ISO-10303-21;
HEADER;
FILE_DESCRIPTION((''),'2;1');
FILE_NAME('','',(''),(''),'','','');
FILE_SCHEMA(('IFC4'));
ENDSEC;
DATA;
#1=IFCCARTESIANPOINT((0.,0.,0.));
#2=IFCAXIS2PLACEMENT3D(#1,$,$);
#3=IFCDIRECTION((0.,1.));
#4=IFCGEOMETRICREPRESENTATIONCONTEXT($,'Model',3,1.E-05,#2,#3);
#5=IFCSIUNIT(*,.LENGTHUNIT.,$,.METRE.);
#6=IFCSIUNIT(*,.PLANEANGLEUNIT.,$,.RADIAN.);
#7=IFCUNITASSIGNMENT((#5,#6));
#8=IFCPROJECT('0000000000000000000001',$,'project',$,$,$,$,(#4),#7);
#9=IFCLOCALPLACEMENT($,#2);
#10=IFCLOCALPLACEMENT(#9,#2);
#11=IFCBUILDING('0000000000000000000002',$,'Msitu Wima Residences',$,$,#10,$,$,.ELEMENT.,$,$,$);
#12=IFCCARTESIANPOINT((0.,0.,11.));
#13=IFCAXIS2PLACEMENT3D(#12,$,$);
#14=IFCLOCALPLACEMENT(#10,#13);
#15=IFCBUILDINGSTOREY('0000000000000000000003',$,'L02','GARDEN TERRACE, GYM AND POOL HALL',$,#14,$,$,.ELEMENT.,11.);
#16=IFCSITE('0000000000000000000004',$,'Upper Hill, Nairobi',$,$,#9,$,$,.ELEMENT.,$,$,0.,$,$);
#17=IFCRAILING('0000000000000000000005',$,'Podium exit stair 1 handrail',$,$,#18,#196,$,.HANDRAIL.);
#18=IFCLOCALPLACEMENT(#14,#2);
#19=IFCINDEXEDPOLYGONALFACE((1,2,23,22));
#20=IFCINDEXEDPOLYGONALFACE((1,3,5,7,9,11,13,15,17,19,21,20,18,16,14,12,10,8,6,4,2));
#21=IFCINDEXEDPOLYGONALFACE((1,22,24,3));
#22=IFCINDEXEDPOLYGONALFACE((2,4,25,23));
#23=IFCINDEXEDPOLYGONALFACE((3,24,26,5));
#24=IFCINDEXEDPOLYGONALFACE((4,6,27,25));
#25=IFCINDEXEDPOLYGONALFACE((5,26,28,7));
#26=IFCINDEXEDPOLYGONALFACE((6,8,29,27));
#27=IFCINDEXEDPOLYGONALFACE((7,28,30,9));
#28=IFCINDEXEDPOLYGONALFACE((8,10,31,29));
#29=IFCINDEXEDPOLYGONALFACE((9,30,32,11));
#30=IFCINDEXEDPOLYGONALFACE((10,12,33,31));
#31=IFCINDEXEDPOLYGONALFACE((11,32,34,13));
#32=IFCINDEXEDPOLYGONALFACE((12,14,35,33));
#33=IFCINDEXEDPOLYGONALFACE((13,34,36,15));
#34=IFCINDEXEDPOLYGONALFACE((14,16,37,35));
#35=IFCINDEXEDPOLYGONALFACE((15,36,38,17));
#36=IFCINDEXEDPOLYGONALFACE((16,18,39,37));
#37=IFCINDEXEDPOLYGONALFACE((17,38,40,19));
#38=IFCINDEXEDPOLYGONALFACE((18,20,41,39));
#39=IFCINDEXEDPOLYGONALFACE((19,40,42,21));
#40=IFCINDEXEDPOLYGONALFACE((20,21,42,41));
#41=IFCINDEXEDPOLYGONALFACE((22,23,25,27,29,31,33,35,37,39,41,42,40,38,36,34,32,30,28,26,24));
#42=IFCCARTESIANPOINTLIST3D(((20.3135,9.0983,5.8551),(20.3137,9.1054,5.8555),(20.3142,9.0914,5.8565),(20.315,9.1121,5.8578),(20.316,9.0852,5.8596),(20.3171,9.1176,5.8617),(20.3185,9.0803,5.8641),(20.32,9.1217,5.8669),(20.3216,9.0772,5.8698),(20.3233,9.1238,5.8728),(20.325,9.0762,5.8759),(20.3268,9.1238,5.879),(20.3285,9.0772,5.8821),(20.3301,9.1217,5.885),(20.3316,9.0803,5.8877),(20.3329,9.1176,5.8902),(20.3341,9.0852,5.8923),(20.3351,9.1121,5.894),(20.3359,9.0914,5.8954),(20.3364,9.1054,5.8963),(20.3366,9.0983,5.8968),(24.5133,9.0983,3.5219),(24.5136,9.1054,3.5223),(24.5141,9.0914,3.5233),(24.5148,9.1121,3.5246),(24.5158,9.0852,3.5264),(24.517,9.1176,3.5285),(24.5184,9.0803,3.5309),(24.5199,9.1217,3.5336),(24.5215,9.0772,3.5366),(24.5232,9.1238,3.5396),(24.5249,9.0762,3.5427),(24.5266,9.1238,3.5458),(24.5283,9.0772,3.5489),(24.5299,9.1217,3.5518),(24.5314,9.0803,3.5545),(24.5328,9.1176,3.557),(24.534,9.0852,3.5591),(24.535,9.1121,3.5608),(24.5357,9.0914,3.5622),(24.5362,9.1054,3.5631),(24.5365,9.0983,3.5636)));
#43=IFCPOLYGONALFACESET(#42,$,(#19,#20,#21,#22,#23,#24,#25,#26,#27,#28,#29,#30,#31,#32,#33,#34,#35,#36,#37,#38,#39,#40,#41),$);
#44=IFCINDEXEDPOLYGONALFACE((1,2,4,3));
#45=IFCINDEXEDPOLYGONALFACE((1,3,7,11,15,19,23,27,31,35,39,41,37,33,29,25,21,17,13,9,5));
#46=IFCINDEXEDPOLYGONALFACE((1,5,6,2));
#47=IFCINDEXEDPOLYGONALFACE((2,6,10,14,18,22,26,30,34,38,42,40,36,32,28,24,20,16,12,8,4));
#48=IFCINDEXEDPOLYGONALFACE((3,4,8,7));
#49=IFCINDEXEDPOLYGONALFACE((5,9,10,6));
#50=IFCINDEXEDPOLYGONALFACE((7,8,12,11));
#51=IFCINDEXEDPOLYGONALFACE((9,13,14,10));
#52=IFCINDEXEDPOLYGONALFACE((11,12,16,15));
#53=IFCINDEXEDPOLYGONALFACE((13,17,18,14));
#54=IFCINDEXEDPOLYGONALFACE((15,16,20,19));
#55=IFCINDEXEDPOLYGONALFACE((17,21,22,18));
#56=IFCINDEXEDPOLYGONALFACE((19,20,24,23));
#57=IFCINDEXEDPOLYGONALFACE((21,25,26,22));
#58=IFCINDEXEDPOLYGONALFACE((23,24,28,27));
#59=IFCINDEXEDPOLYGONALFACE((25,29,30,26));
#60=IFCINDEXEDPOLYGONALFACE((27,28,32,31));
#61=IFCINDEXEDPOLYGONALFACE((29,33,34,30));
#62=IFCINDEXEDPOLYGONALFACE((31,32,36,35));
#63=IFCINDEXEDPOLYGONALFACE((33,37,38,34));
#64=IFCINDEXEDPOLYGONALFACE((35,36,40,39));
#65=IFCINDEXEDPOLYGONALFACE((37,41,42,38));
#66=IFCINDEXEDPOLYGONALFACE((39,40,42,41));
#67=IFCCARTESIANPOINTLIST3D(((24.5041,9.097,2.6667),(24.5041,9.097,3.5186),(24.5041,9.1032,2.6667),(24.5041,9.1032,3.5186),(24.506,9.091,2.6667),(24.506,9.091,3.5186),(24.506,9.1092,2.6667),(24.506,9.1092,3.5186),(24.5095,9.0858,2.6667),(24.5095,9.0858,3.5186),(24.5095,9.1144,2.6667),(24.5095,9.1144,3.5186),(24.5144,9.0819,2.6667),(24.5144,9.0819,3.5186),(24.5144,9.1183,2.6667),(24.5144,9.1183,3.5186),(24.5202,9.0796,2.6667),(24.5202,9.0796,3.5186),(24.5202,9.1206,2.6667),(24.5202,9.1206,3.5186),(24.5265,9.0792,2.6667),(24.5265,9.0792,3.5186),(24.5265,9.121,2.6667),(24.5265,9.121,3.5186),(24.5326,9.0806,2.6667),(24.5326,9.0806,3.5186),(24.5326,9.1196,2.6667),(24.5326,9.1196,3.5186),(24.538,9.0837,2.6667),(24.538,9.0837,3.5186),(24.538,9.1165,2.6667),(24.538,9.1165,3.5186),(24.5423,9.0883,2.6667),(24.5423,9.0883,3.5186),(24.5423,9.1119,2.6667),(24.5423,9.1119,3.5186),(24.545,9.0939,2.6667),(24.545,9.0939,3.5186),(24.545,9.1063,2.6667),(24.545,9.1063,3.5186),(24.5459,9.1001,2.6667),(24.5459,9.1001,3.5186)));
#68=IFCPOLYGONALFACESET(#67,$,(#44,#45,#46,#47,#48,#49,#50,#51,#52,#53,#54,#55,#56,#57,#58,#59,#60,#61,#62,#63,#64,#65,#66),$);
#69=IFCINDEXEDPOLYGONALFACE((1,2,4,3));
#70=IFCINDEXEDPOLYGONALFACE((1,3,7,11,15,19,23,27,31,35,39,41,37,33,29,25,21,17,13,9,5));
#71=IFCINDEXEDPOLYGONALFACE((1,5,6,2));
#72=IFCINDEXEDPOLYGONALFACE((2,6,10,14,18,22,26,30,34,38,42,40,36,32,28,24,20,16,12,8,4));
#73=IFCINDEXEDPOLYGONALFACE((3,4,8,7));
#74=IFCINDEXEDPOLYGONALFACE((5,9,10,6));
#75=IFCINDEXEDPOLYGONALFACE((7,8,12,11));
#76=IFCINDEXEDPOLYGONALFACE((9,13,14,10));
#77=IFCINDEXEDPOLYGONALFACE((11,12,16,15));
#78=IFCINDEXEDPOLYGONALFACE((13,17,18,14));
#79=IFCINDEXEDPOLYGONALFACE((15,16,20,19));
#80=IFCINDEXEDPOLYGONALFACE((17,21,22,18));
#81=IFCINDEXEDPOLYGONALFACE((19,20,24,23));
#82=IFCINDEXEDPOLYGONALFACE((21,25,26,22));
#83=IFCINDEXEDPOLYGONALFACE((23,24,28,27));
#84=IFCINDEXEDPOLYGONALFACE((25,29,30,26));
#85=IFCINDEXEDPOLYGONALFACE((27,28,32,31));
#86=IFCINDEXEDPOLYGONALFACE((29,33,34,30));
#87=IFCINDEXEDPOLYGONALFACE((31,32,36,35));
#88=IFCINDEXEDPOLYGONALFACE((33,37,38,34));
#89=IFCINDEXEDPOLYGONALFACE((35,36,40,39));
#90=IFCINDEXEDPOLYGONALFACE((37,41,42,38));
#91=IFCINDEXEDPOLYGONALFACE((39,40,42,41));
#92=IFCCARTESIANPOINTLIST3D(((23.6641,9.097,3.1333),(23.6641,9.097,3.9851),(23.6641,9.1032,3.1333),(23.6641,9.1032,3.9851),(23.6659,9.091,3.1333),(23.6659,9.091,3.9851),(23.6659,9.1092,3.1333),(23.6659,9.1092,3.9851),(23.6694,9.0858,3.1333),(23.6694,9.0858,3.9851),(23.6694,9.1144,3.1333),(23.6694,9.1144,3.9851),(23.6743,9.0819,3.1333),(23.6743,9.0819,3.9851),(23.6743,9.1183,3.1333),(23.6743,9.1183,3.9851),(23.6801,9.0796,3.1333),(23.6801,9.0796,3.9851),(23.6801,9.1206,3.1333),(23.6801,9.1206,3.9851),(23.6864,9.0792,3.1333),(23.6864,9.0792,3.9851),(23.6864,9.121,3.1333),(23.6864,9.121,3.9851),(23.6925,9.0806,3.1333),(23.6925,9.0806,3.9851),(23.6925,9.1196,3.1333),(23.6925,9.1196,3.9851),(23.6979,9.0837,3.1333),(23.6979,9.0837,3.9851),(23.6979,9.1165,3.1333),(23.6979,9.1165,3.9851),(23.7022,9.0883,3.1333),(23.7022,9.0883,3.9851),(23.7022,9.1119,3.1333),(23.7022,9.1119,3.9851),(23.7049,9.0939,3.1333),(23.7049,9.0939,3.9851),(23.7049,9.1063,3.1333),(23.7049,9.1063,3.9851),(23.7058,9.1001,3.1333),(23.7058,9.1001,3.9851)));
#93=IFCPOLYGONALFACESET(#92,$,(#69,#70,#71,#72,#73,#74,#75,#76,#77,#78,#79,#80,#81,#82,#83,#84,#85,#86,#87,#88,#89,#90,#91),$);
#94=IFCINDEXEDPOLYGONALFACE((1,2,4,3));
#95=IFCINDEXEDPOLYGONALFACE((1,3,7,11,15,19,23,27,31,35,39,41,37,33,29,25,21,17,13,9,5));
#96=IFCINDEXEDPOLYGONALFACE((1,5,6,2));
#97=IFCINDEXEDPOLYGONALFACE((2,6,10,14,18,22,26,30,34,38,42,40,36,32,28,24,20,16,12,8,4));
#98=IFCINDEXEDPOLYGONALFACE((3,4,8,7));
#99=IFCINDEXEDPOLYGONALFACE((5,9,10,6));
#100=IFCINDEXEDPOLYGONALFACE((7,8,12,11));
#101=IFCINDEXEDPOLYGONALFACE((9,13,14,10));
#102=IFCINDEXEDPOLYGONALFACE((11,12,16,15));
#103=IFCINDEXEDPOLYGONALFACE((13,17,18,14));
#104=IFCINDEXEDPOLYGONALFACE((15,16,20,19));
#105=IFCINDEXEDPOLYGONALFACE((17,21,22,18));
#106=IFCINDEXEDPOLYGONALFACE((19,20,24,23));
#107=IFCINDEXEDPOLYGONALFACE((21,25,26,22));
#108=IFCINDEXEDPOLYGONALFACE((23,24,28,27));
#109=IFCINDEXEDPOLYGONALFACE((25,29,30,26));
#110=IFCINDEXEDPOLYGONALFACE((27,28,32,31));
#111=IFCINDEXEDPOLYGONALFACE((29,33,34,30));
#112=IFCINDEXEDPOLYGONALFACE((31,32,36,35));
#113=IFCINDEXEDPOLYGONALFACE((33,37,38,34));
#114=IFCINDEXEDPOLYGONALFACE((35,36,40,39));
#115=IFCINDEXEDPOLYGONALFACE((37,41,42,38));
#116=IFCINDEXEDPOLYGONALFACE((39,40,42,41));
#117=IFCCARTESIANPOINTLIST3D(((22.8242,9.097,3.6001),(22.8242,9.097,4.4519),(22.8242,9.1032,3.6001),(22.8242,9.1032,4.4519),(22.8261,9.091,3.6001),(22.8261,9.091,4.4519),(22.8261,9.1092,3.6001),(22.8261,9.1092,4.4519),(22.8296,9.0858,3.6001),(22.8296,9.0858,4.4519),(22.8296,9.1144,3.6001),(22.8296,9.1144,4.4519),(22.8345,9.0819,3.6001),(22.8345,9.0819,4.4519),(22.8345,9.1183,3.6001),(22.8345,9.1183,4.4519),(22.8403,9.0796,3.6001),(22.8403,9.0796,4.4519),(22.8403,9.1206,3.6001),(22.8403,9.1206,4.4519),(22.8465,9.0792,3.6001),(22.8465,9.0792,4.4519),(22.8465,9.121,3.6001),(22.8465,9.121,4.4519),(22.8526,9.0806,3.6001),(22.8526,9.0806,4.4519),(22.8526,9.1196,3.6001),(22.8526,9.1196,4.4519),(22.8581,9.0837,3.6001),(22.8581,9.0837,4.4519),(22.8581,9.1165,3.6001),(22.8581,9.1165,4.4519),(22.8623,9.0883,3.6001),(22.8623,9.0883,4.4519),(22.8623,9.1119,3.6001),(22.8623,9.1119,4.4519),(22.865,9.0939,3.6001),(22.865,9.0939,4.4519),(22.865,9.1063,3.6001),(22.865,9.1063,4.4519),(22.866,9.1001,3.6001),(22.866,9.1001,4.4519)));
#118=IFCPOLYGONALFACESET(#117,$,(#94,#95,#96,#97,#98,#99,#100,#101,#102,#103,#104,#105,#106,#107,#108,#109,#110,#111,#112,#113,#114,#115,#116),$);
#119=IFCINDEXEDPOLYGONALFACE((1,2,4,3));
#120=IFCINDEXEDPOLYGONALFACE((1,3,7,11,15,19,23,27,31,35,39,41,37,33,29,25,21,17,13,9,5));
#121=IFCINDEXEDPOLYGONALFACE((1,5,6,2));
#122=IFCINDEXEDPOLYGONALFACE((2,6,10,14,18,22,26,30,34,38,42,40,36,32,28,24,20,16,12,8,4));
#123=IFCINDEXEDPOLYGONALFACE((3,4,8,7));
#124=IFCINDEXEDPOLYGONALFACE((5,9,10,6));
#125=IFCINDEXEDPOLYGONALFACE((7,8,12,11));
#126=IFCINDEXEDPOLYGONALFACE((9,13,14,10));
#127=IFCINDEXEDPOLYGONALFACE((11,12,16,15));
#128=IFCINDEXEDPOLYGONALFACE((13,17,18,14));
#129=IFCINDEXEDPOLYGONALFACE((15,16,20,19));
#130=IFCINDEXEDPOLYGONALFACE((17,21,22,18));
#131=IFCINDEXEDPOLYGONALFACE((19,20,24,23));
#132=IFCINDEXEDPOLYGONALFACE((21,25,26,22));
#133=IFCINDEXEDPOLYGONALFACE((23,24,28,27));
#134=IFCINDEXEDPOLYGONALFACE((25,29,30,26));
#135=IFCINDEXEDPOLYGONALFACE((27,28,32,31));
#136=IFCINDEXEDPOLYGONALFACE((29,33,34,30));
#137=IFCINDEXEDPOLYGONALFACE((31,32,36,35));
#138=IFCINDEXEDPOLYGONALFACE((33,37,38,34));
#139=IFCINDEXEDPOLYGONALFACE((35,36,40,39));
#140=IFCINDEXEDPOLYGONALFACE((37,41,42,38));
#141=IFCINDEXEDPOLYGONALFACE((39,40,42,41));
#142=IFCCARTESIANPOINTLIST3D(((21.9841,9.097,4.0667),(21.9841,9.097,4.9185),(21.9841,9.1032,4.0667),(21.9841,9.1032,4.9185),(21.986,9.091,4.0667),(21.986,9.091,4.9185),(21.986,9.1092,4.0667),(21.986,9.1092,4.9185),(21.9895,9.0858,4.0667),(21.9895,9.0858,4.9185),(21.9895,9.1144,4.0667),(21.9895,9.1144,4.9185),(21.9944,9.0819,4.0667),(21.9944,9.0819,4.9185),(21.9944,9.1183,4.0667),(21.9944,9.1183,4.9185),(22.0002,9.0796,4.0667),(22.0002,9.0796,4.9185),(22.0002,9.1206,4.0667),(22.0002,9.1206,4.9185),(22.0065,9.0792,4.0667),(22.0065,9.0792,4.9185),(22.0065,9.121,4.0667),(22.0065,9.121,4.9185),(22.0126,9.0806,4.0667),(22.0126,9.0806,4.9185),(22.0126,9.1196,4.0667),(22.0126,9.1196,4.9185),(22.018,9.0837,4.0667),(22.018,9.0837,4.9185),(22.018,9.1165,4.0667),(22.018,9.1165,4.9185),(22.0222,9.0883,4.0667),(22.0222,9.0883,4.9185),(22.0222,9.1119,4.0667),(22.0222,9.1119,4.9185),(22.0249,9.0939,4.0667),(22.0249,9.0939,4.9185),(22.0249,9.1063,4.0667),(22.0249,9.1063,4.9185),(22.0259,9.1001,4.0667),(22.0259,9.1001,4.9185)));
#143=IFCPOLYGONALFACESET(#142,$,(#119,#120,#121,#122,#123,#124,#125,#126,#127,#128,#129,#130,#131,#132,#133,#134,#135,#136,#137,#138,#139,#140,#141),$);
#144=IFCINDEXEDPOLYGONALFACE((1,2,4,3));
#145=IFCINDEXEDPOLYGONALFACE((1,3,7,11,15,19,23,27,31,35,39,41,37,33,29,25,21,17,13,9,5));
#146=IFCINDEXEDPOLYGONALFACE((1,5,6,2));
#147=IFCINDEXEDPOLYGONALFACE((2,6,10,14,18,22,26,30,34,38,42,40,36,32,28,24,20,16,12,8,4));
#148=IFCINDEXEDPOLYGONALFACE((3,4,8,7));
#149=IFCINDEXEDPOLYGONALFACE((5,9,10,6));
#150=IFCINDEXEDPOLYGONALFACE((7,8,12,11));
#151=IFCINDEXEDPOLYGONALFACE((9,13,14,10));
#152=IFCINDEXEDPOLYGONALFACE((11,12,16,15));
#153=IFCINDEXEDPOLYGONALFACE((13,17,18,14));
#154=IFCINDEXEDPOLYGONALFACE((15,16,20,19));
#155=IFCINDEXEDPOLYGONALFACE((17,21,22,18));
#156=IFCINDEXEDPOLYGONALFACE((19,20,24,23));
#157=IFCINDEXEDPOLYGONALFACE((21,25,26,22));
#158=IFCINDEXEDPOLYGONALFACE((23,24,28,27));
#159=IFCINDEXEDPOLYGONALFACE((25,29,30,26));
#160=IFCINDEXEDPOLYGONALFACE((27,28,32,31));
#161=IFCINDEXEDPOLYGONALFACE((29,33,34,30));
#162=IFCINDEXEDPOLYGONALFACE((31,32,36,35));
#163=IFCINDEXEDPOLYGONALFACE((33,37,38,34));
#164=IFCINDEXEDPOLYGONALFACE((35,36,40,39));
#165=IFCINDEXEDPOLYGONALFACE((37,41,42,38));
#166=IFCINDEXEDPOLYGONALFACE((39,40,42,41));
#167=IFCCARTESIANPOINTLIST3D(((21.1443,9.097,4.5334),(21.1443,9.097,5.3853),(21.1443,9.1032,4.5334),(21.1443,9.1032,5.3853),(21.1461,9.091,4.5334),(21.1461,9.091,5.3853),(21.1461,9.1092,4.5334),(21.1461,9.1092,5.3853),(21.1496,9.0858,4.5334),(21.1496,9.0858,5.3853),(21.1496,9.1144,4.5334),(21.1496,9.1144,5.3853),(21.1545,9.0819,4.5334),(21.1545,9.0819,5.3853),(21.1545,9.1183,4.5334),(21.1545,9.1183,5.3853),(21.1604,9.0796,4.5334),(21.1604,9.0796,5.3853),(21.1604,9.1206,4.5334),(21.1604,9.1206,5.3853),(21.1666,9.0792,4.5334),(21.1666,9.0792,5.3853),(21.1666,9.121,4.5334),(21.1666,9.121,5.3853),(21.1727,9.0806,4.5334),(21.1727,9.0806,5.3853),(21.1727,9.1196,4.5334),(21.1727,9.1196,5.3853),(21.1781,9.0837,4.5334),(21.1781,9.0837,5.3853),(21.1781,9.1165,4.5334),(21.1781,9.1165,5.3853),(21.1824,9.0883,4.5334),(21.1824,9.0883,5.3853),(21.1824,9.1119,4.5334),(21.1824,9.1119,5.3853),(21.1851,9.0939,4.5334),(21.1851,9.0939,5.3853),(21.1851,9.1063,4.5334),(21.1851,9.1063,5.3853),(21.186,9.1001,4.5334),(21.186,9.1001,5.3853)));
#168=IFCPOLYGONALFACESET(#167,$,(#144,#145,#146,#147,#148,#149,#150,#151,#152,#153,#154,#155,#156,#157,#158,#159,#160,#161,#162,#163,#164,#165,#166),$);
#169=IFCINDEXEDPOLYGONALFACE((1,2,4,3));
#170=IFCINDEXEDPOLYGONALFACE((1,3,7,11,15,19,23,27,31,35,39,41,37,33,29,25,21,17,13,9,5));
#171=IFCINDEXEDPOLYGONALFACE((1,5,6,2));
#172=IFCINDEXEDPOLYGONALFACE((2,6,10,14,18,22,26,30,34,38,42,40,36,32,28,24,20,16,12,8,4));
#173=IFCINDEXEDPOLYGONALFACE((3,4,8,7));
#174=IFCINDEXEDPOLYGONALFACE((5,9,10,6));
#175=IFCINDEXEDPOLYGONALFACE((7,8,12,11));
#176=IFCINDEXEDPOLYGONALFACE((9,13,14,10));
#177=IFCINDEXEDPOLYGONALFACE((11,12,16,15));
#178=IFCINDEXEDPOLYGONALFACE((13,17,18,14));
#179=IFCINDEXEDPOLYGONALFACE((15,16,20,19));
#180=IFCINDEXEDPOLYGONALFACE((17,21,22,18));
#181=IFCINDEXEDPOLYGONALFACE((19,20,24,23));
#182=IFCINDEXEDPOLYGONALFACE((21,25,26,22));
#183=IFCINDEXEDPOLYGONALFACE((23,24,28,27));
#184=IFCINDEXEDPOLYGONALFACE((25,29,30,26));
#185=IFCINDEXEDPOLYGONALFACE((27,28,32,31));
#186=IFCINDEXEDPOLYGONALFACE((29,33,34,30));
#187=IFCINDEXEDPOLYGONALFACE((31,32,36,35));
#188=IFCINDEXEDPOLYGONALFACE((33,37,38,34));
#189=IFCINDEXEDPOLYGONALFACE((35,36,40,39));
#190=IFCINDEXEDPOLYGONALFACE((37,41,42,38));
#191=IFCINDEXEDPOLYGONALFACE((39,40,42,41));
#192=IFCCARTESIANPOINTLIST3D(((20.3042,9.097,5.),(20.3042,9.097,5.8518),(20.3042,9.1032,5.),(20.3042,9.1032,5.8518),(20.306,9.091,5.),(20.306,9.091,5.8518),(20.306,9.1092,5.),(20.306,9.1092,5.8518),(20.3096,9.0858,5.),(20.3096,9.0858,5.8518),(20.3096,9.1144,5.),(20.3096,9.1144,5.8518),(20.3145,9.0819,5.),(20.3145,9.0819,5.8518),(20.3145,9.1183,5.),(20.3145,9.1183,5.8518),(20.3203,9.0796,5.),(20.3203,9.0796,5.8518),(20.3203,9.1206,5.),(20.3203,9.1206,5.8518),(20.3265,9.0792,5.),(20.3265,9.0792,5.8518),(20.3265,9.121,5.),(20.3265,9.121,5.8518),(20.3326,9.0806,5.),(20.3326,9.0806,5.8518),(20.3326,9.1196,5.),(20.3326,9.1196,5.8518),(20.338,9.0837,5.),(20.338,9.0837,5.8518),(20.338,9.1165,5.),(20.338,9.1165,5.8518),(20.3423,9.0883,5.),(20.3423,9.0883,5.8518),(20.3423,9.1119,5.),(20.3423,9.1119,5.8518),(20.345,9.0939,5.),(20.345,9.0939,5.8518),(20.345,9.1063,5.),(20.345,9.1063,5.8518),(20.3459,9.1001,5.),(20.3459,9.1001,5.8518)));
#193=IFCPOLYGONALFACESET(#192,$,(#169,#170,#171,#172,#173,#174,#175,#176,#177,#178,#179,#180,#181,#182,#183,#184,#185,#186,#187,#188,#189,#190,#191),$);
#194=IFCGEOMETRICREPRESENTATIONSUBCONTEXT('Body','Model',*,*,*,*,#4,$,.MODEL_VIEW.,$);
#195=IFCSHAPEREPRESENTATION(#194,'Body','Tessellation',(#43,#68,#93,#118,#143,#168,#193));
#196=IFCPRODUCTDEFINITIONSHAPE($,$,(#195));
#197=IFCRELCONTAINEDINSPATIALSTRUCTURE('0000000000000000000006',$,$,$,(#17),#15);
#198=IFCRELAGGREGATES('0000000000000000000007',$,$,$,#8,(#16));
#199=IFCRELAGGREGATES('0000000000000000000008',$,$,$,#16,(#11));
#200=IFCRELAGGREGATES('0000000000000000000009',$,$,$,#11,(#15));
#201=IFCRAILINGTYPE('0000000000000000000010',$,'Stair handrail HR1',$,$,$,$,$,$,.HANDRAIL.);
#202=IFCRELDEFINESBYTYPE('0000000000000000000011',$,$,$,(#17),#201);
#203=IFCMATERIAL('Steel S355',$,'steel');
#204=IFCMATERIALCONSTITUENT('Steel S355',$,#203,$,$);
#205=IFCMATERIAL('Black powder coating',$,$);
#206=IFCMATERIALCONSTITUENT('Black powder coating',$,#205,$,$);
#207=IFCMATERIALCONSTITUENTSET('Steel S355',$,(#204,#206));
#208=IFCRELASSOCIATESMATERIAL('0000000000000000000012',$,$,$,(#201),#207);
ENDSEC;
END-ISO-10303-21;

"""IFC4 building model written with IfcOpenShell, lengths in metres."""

from ifc_helpers import new_model, si_unit, direction, frame, origin, origin_2d, place, context, subcontext, project, spatial, circle, extrude, material, constituent, constituent_set, type_object, element, save


model = new_model("IFC4")

# Units and contexts
model_context = context("Model", 3, precision=1e-05, world=origin(), true_north=direction((0.0, 1.0)))
body_context = subcontext(model_context, "Body", "Model", "MODEL_VIEW")
ifc_project = project(units=[si_unit("LENGTHUNIT", "METRE"), si_unit("PLANEANGLEUNIT", "RADIAN")], contexts=[model_context])

# Site, building, storey
site_placement = place(None, origin())
site = spatial("IfcSite", under=ifc_project, at=site_placement, Name="Upper Hill, Nairobi", CompositionType="ELEMENT", RefElevation=0.0)
building_placement = place(site_placement, origin())
building = spatial("IfcBuilding", under=site, at=building_placement, Name="Msitu Wima Residences", CompositionType="ELEMENT")
storey_placement = place(building_placement, frame((0.0, 0.0, 11.0)))
storey = spatial("IfcBuildingStorey", under=building, at=storey_placement, Name="L02", Description="GARDEN TERRACE, GYM AND POOL HALL", CompositionType="ELEMENT", Elevation=11.0)

# Railing
ifc_material_1 = material(Name="Steel S355", Category="steel")
ifc_constituent_1 = constituent(ifc_material_1, Name="Steel S355")
ifc_material_2 = material(Name="Black powder coating")
ifc_constituent_2 = constituent(ifc_material_2, Name="Black powder coating")
ifc_constituent_set = constituent_set(constituents=[ifc_constituent_1, ifc_constituent_2], Name="Steel S355")
railing_type = type_object("IfcRailingType", Name="Stair handrail HR1", PredefinedType="HANDRAIL", material=ifc_constituent_set)
for number, where, name in (
    (1, (24.5249, 9.1001, 2.6667), "Podium exit stair 1 handrail"),
):
    element("IfcRailing", number, at=place(storey_placement, frame(where)), inside=storey, type_object=railing_type, Name=name, PredefinedType="HANDRAIL", context=body_context, shape_type="SweptSolid", body=[
        extrude(circle(Radius=0.0239, at=origin_2d()), frame((0.0, 0.0, 0.876), z_axis=(-0.874162, 0.0, 0.485634), x_axis=(0.0, -1.0, 0.0)), (0.0, 0.0, 1.0), 4.8044),
        extrude(circle(Radius=0.021, at=origin_2d()), origin(), (0.0, 0.0, 1.0), 0.8518),
        extrude(circle(Radius=0.021, at=origin_2d()), frame((-0.8401, 0.0, 0.4666)), (0.0, 0.0, 1.0), 0.8518),
        extrude(circle(Radius=0.021, at=origin_2d()), frame((-1.6799, 0.0, 0.9333)), (0.0, 0.0, 1.0), 0.8518),
        extrude(circle(Radius=0.021, at=origin_2d()), frame((-2.52, 0.0, 1.3999)), (0.0, 0.0, 1.0), 0.8518),
        extrude(circle(Radius=0.021, at=origin_2d()), frame((-3.3599, 0.0, 1.8667)), (0.0, 0.0, 1.0), 0.8518),
        extrude(circle(Radius=0.021, at=origin_2d()), frame((-4.2, 0.0, 2.3333)), (0.0, 0.0, 1.0), 0.8518),
    ])

save(model, "model.ifc")
